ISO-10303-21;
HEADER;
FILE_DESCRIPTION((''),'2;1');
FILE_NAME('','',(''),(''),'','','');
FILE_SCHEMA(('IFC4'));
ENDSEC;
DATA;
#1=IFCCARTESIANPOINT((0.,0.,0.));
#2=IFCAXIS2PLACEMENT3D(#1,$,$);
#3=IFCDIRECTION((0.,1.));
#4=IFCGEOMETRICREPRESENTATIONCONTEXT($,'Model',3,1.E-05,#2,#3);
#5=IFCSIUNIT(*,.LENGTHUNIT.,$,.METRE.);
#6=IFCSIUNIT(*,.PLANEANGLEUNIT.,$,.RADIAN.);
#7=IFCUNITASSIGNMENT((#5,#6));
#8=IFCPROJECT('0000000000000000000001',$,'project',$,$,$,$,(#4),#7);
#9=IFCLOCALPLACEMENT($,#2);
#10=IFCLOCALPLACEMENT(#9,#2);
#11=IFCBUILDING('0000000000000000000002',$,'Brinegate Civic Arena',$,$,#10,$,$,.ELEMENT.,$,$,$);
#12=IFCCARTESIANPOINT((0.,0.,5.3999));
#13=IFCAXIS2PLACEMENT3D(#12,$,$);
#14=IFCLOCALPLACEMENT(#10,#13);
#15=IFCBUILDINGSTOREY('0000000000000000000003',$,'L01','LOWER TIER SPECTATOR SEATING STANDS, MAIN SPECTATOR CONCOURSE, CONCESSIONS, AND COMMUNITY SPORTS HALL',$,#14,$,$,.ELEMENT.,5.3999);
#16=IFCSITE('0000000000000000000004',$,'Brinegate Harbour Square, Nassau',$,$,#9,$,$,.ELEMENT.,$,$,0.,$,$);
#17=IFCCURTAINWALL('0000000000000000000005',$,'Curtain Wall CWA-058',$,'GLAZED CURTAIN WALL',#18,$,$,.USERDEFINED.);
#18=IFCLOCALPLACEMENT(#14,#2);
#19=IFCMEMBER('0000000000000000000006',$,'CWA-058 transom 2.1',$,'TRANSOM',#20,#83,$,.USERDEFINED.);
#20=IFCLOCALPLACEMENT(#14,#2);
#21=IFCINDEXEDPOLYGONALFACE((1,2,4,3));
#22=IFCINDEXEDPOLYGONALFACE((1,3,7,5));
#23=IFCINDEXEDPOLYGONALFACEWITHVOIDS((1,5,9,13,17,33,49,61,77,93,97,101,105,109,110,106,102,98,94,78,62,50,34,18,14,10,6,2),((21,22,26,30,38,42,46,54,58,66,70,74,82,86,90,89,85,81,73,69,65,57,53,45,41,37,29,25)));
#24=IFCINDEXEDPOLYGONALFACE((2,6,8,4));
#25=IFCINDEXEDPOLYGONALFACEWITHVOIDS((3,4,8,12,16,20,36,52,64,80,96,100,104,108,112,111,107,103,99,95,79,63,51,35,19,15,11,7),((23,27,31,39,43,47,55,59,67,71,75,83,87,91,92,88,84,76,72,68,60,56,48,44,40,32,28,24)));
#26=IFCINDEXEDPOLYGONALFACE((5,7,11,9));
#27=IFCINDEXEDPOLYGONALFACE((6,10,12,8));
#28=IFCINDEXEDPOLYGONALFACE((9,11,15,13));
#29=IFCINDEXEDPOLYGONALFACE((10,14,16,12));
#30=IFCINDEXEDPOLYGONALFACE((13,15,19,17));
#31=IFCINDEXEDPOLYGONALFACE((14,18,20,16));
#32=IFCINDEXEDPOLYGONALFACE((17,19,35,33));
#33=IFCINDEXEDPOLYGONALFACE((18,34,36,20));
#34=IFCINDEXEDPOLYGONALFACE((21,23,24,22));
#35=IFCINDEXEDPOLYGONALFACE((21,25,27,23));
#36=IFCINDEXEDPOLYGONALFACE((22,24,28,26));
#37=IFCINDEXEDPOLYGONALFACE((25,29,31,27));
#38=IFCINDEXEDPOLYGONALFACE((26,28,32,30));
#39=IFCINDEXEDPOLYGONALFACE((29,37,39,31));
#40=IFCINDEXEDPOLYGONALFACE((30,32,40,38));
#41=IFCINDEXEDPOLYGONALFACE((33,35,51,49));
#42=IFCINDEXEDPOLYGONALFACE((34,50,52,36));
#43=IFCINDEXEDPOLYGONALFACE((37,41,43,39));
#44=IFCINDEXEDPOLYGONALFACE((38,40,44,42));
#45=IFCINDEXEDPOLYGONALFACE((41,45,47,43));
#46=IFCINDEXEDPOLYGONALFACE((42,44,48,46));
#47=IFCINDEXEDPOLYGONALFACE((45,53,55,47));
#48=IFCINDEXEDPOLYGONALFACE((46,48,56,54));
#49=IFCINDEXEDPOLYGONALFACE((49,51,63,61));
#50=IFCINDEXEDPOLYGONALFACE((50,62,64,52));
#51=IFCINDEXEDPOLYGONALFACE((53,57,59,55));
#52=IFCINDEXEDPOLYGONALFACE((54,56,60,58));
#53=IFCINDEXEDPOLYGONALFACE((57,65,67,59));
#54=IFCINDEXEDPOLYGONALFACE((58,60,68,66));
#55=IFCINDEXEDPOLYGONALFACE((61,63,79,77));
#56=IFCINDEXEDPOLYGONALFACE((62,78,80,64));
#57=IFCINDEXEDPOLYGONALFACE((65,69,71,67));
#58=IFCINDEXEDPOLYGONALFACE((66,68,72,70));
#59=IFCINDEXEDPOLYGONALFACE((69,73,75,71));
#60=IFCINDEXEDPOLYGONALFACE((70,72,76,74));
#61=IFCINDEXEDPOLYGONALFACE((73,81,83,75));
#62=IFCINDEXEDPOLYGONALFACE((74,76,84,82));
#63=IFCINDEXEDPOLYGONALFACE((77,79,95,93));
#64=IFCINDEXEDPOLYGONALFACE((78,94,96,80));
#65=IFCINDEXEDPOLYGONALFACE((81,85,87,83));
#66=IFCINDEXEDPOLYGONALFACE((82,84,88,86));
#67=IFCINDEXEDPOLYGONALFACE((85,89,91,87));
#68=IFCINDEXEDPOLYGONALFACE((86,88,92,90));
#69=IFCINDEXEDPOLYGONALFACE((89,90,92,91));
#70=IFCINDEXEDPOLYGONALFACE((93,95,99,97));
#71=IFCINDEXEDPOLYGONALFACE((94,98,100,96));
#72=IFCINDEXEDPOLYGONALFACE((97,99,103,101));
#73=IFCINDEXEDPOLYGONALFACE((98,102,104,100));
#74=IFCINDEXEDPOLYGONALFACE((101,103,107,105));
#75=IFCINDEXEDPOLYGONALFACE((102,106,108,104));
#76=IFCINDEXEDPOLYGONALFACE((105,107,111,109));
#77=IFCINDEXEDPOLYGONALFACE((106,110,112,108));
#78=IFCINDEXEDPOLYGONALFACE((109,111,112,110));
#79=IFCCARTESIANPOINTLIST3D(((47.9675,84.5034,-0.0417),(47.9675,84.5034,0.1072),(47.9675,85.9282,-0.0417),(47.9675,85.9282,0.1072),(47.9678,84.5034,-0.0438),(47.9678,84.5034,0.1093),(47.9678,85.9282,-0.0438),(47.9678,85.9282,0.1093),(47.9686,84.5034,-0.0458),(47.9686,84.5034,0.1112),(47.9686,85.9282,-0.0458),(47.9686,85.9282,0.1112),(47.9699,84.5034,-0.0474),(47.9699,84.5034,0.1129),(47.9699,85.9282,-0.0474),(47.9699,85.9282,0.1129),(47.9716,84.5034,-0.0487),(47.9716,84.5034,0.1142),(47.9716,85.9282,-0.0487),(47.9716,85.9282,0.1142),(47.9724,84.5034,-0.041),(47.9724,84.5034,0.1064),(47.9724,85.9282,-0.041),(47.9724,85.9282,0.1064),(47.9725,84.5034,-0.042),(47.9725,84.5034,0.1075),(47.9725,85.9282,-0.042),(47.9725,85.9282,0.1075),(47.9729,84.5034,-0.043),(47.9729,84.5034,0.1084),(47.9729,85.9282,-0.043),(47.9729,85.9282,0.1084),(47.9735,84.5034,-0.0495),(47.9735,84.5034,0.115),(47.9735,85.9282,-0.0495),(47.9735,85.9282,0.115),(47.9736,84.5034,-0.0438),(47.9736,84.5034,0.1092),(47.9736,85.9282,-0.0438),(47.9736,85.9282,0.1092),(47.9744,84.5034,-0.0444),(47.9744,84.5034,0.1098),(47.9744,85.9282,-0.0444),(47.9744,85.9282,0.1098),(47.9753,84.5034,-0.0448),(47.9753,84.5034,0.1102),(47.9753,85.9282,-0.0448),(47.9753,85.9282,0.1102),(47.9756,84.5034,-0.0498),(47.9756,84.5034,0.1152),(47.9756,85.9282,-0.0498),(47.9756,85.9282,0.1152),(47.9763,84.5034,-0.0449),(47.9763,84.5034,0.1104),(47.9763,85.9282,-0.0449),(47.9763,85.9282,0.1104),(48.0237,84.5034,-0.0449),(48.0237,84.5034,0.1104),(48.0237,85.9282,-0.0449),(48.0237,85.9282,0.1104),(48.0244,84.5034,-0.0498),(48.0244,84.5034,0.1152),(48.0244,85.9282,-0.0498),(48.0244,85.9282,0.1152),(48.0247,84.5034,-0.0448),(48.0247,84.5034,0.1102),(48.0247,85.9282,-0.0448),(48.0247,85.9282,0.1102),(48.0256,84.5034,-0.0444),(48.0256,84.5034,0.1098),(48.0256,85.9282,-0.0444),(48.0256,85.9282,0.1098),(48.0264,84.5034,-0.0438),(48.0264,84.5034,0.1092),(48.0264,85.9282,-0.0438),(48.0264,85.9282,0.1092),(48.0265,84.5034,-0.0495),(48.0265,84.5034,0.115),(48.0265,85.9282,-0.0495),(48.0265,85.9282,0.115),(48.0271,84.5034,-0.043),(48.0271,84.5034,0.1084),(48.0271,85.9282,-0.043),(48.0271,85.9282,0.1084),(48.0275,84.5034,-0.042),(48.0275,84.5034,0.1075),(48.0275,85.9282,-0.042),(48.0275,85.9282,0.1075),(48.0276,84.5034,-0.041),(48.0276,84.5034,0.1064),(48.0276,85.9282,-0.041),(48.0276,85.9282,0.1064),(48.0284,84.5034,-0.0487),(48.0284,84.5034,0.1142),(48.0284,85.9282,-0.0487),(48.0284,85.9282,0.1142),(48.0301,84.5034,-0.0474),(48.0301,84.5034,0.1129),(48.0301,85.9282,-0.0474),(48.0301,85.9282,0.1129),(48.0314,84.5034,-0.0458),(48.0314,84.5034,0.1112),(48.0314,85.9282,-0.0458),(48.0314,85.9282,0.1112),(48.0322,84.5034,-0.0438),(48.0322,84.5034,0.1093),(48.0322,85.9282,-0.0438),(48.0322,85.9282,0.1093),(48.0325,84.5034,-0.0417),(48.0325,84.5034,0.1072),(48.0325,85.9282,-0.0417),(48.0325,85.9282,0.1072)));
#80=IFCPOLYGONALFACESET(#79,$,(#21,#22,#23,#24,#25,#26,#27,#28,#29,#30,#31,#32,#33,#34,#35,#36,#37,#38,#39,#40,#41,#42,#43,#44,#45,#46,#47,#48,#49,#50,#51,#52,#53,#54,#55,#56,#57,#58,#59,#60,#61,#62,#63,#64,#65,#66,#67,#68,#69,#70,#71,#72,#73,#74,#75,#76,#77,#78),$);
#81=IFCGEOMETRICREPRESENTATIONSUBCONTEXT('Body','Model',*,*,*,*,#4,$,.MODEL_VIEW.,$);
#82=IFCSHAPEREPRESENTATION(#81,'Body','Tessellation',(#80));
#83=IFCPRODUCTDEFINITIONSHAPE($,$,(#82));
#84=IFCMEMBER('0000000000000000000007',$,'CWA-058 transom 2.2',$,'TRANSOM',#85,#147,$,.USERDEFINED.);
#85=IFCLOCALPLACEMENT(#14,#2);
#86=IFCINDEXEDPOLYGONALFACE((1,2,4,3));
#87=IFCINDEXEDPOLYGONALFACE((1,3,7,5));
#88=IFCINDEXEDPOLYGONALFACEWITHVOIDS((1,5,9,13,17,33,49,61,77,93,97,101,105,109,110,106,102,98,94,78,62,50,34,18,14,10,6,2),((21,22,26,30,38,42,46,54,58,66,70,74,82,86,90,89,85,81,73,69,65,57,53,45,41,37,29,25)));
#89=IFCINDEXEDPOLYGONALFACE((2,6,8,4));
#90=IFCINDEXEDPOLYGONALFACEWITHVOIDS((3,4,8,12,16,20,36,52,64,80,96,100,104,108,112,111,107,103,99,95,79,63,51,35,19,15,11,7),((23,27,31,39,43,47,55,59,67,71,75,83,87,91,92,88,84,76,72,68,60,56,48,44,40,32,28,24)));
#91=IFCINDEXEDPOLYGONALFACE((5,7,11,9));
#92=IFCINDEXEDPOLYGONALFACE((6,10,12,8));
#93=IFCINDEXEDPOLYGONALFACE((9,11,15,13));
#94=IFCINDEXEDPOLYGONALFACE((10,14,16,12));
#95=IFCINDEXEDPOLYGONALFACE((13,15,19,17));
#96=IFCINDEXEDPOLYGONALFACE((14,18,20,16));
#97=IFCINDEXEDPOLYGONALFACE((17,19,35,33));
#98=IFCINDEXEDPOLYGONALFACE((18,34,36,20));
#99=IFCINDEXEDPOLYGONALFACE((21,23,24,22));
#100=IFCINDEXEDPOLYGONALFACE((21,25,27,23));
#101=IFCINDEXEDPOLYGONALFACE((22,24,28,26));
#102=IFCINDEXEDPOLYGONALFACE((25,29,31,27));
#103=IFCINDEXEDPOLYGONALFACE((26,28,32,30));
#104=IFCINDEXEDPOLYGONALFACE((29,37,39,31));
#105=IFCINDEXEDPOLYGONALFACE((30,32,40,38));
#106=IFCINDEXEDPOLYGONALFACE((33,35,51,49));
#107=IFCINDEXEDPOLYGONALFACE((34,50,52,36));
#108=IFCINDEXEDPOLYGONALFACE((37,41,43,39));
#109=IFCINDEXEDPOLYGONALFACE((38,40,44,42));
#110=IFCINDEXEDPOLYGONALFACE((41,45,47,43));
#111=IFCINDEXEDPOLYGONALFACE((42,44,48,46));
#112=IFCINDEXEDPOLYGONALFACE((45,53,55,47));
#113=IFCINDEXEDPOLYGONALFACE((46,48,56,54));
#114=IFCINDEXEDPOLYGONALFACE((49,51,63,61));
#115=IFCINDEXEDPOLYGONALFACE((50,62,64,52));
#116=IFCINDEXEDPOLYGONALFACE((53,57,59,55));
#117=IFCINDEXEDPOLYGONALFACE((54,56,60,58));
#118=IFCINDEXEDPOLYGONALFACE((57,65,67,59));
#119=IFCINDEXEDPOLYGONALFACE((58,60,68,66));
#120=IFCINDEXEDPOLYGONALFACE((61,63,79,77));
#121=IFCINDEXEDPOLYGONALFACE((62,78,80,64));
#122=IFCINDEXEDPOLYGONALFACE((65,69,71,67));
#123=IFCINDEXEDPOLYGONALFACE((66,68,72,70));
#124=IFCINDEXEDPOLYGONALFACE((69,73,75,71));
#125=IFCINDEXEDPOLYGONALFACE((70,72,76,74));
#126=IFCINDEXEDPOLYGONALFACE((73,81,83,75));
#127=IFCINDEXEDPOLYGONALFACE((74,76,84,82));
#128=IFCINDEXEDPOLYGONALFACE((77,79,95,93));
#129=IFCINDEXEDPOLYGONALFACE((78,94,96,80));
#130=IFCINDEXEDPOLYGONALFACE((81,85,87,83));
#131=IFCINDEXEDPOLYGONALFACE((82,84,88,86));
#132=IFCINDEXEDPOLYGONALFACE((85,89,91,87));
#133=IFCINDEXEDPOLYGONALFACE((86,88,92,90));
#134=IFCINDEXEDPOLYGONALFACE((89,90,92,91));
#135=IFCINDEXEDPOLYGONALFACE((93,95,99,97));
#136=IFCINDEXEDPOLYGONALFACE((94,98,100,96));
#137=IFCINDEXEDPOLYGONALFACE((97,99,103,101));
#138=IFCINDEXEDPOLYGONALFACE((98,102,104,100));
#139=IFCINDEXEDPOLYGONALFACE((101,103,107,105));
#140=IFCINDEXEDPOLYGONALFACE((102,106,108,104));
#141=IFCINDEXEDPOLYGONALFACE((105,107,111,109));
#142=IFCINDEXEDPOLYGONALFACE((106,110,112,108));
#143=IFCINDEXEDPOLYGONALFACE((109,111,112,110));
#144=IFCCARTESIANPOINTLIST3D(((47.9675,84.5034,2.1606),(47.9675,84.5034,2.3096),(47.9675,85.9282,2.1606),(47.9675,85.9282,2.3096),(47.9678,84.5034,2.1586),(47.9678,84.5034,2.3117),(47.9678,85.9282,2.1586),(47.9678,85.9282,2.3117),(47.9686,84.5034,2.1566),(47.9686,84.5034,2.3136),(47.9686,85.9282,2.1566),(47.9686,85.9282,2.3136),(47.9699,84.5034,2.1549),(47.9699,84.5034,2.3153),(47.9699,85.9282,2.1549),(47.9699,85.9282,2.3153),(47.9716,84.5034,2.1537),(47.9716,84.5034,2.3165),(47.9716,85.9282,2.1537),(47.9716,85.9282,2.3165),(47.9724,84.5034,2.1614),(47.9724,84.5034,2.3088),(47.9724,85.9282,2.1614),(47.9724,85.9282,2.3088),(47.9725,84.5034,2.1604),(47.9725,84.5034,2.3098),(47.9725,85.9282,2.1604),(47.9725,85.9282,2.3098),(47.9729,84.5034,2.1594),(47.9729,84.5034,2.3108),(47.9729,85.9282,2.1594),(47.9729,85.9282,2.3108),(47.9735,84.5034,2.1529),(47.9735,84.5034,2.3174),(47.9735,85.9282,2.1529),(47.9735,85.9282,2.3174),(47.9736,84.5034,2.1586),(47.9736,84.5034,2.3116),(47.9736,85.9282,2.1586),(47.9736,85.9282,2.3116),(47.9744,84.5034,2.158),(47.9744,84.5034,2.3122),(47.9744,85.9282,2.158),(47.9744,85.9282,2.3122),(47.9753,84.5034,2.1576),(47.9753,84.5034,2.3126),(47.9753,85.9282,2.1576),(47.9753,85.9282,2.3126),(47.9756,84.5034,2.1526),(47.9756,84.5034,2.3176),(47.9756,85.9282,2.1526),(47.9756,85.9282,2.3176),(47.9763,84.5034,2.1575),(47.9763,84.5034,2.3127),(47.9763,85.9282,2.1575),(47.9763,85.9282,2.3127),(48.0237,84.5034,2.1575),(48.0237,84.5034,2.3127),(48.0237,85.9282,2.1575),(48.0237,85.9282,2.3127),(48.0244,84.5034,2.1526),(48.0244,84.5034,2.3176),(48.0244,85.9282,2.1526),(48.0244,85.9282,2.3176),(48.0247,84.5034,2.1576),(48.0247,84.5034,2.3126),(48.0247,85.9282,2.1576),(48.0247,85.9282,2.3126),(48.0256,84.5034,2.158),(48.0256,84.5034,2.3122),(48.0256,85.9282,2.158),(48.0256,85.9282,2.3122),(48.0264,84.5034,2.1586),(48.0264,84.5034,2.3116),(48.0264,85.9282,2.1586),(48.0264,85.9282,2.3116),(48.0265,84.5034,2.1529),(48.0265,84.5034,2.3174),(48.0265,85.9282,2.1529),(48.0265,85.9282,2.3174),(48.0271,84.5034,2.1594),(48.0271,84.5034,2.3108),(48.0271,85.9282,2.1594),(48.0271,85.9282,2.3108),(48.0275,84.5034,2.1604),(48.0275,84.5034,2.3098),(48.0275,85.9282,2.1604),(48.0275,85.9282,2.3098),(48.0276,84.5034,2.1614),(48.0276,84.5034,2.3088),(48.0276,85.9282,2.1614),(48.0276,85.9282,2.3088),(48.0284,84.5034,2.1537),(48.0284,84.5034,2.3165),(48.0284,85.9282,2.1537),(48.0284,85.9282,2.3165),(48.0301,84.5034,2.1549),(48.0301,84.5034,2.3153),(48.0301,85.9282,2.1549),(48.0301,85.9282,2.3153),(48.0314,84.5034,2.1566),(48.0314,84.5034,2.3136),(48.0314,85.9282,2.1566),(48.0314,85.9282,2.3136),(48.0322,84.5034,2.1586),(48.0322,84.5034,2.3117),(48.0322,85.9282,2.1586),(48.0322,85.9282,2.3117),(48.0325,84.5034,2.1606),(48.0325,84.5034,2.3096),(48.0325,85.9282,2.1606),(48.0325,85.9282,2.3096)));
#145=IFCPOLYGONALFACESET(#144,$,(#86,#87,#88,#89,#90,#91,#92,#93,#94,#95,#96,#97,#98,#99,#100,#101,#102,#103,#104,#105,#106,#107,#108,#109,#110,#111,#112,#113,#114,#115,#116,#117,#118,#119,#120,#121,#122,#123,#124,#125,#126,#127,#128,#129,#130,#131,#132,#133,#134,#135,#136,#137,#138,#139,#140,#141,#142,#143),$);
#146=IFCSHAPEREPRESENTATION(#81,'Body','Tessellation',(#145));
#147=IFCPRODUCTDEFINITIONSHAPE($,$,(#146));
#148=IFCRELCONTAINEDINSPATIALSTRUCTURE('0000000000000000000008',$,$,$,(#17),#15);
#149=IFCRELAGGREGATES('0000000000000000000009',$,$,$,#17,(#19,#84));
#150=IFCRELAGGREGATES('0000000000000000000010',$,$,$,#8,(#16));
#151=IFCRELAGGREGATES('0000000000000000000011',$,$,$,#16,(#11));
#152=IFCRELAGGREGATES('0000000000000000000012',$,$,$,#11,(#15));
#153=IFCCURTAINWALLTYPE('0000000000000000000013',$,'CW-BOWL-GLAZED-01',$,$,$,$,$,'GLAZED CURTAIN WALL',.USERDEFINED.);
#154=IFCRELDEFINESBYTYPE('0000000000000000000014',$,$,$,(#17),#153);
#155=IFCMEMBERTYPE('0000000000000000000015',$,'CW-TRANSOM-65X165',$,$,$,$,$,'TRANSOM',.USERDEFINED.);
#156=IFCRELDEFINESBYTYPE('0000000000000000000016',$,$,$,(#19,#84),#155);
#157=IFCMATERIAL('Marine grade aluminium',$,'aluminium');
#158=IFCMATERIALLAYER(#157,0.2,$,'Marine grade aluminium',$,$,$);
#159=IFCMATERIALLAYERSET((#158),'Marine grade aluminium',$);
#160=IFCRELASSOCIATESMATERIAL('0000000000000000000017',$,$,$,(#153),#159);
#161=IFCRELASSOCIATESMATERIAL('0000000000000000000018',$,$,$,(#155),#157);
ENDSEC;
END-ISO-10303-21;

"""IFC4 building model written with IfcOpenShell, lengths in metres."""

from ifc_helpers import new_model, si_unit, direction, frame, origin, origin_2d, place, context, subcontext, project, spatial, hollow_rectangle, extrude, material, layer, layer_set, material_profile, profile_set, type_object, element, aggregate, save


model = new_model("IFC4")

# Units and contexts
model_context = context("Model", 3, precision=1e-05, world=origin(), true_north=direction((0.0, 1.0)))
body_context = subcontext(model_context, "Body", "Model", "MODEL_VIEW")
ifc_project = project(units=[si_unit("LENGTHUNIT", "METRE"), si_unit("PLANEANGLEUNIT", "RADIAN")], contexts=[model_context])

# Site, building, storey
site_placement = place(None, origin())
site = spatial("IfcSite", under=ifc_project, at=site_placement, Name="Brinegate Harbour Square, Nassau", CompositionType="ELEMENT", RefElevation=0.0)
building_placement = place(site_placement, origin())
building = spatial("IfcBuilding", under=site, at=building_placement, Name="Brinegate Civic Arena", CompositionType="ELEMENT")
storey_placement = place(building_placement, frame((0.0, 0.0, 5.3999)))
storey = spatial("IfcBuildingStorey", under=building, at=storey_placement, Name="L01", Description="LOWER TIER SPECTATOR SEATING STANDS, MAIN SPECTATOR CONCOURSE, CONCESSIONS, AND COMMUNITY SPORTS HALL", CompositionType="ELEMENT", Elevation=5.3999)

# Curtain wall, members
ifc_material_1 = material(Name="Marine grade aluminium", Category="aluminium")
ifc_layer_1 = layer(ifc_material_1, 0.2, Name="Marine grade aluminium")
ifc_layer_set_1 = layer_set([ifc_layer_1], Name="Marine grade aluminium")
curtain_wall_type = type_object("IfcCurtainWallType", Name="CW-BOWL-GLAZED-01", ElementType="GLAZED CURTAIN WALL", PredefinedType="USERDEFINED", material=ifc_layer_set_1)
curtain_wall_placement = place(storey_placement, origin())
curtain_wall = element("IfcCurtainWall", 1, at=curtain_wall_placement, inside=storey, type_object=curtain_wall_type, Name="Curtain Wall CWA-058", ObjectType="GLAZED CURTAIN WALL", PredefinedType="USERDEFINED")
ifc_material_profile_1 = material_profile(ifc_material_1, hollow_rectangle(XDim=0.0649, YDim=0.165, WallThickness=0.0049, InnerFilletRadius=0.0039, OuterFilletRadius=0.0081, at=origin_2d()), Name="TRN65X165")
ifc_profile_set_1 = profile_set([ifc_material_profile_1], Name="Marine grade aluminium")
member_type_1 = type_object("IfcMemberType", Name="CW-TRANSOM-65X165", ElementType="TRANSOM", PredefinedType="USERDEFINED", material=ifc_profile_set_1)
member_1_placement = place(storey_placement, frame((48.0, 84.5034, 0.0327), z_axis=(0.0, 1.0, 0.0), x_axis=(-1.0, 0.0, 0.0)))
member_1 = element("IfcMember", 2, at=member_1_placement, type_object=member_type_1, Name="CWA-058 transom 2.1", ObjectType="TRANSOM", PredefinedType="USERDEFINED", context=body_context, shape_type="SweptSolid", body=[
    extrude(hollow_rectangle(XDim=0.0649, YDim=0.165, WallThickness=0.0049, InnerFilletRadius=0.0039, OuterFilletRadius=0.0081, at=origin_2d()), origin(), (0.0, 0.0, 1.0), 1.4248),
])
member_2_placement = place(storey_placement, frame((48.0, 84.5034, 2.2351), z_axis=(0.0, 1.0, 0.0), x_axis=(-1.0, 0.0, 0.0)))
member_2 = element("IfcMember", 3, at=member_2_placement, type_object=member_type_1, Name="CWA-058 transom 2.2", ObjectType="TRANSOM", PredefinedType="USERDEFINED", context=body_context, shape_type="SweptSolid", body=[
    extrude(hollow_rectangle(XDim=0.0649, YDim=0.165, WallThickness=0.0049, InnerFilletRadius=0.0039, OuterFilletRadius=0.0081, at=origin_2d()), origin(), (0.0, 0.0, 1.0), 1.4248),
])
aggregate(curtain_wall, [member_1, member_2])

save(model, "model.ifc")
